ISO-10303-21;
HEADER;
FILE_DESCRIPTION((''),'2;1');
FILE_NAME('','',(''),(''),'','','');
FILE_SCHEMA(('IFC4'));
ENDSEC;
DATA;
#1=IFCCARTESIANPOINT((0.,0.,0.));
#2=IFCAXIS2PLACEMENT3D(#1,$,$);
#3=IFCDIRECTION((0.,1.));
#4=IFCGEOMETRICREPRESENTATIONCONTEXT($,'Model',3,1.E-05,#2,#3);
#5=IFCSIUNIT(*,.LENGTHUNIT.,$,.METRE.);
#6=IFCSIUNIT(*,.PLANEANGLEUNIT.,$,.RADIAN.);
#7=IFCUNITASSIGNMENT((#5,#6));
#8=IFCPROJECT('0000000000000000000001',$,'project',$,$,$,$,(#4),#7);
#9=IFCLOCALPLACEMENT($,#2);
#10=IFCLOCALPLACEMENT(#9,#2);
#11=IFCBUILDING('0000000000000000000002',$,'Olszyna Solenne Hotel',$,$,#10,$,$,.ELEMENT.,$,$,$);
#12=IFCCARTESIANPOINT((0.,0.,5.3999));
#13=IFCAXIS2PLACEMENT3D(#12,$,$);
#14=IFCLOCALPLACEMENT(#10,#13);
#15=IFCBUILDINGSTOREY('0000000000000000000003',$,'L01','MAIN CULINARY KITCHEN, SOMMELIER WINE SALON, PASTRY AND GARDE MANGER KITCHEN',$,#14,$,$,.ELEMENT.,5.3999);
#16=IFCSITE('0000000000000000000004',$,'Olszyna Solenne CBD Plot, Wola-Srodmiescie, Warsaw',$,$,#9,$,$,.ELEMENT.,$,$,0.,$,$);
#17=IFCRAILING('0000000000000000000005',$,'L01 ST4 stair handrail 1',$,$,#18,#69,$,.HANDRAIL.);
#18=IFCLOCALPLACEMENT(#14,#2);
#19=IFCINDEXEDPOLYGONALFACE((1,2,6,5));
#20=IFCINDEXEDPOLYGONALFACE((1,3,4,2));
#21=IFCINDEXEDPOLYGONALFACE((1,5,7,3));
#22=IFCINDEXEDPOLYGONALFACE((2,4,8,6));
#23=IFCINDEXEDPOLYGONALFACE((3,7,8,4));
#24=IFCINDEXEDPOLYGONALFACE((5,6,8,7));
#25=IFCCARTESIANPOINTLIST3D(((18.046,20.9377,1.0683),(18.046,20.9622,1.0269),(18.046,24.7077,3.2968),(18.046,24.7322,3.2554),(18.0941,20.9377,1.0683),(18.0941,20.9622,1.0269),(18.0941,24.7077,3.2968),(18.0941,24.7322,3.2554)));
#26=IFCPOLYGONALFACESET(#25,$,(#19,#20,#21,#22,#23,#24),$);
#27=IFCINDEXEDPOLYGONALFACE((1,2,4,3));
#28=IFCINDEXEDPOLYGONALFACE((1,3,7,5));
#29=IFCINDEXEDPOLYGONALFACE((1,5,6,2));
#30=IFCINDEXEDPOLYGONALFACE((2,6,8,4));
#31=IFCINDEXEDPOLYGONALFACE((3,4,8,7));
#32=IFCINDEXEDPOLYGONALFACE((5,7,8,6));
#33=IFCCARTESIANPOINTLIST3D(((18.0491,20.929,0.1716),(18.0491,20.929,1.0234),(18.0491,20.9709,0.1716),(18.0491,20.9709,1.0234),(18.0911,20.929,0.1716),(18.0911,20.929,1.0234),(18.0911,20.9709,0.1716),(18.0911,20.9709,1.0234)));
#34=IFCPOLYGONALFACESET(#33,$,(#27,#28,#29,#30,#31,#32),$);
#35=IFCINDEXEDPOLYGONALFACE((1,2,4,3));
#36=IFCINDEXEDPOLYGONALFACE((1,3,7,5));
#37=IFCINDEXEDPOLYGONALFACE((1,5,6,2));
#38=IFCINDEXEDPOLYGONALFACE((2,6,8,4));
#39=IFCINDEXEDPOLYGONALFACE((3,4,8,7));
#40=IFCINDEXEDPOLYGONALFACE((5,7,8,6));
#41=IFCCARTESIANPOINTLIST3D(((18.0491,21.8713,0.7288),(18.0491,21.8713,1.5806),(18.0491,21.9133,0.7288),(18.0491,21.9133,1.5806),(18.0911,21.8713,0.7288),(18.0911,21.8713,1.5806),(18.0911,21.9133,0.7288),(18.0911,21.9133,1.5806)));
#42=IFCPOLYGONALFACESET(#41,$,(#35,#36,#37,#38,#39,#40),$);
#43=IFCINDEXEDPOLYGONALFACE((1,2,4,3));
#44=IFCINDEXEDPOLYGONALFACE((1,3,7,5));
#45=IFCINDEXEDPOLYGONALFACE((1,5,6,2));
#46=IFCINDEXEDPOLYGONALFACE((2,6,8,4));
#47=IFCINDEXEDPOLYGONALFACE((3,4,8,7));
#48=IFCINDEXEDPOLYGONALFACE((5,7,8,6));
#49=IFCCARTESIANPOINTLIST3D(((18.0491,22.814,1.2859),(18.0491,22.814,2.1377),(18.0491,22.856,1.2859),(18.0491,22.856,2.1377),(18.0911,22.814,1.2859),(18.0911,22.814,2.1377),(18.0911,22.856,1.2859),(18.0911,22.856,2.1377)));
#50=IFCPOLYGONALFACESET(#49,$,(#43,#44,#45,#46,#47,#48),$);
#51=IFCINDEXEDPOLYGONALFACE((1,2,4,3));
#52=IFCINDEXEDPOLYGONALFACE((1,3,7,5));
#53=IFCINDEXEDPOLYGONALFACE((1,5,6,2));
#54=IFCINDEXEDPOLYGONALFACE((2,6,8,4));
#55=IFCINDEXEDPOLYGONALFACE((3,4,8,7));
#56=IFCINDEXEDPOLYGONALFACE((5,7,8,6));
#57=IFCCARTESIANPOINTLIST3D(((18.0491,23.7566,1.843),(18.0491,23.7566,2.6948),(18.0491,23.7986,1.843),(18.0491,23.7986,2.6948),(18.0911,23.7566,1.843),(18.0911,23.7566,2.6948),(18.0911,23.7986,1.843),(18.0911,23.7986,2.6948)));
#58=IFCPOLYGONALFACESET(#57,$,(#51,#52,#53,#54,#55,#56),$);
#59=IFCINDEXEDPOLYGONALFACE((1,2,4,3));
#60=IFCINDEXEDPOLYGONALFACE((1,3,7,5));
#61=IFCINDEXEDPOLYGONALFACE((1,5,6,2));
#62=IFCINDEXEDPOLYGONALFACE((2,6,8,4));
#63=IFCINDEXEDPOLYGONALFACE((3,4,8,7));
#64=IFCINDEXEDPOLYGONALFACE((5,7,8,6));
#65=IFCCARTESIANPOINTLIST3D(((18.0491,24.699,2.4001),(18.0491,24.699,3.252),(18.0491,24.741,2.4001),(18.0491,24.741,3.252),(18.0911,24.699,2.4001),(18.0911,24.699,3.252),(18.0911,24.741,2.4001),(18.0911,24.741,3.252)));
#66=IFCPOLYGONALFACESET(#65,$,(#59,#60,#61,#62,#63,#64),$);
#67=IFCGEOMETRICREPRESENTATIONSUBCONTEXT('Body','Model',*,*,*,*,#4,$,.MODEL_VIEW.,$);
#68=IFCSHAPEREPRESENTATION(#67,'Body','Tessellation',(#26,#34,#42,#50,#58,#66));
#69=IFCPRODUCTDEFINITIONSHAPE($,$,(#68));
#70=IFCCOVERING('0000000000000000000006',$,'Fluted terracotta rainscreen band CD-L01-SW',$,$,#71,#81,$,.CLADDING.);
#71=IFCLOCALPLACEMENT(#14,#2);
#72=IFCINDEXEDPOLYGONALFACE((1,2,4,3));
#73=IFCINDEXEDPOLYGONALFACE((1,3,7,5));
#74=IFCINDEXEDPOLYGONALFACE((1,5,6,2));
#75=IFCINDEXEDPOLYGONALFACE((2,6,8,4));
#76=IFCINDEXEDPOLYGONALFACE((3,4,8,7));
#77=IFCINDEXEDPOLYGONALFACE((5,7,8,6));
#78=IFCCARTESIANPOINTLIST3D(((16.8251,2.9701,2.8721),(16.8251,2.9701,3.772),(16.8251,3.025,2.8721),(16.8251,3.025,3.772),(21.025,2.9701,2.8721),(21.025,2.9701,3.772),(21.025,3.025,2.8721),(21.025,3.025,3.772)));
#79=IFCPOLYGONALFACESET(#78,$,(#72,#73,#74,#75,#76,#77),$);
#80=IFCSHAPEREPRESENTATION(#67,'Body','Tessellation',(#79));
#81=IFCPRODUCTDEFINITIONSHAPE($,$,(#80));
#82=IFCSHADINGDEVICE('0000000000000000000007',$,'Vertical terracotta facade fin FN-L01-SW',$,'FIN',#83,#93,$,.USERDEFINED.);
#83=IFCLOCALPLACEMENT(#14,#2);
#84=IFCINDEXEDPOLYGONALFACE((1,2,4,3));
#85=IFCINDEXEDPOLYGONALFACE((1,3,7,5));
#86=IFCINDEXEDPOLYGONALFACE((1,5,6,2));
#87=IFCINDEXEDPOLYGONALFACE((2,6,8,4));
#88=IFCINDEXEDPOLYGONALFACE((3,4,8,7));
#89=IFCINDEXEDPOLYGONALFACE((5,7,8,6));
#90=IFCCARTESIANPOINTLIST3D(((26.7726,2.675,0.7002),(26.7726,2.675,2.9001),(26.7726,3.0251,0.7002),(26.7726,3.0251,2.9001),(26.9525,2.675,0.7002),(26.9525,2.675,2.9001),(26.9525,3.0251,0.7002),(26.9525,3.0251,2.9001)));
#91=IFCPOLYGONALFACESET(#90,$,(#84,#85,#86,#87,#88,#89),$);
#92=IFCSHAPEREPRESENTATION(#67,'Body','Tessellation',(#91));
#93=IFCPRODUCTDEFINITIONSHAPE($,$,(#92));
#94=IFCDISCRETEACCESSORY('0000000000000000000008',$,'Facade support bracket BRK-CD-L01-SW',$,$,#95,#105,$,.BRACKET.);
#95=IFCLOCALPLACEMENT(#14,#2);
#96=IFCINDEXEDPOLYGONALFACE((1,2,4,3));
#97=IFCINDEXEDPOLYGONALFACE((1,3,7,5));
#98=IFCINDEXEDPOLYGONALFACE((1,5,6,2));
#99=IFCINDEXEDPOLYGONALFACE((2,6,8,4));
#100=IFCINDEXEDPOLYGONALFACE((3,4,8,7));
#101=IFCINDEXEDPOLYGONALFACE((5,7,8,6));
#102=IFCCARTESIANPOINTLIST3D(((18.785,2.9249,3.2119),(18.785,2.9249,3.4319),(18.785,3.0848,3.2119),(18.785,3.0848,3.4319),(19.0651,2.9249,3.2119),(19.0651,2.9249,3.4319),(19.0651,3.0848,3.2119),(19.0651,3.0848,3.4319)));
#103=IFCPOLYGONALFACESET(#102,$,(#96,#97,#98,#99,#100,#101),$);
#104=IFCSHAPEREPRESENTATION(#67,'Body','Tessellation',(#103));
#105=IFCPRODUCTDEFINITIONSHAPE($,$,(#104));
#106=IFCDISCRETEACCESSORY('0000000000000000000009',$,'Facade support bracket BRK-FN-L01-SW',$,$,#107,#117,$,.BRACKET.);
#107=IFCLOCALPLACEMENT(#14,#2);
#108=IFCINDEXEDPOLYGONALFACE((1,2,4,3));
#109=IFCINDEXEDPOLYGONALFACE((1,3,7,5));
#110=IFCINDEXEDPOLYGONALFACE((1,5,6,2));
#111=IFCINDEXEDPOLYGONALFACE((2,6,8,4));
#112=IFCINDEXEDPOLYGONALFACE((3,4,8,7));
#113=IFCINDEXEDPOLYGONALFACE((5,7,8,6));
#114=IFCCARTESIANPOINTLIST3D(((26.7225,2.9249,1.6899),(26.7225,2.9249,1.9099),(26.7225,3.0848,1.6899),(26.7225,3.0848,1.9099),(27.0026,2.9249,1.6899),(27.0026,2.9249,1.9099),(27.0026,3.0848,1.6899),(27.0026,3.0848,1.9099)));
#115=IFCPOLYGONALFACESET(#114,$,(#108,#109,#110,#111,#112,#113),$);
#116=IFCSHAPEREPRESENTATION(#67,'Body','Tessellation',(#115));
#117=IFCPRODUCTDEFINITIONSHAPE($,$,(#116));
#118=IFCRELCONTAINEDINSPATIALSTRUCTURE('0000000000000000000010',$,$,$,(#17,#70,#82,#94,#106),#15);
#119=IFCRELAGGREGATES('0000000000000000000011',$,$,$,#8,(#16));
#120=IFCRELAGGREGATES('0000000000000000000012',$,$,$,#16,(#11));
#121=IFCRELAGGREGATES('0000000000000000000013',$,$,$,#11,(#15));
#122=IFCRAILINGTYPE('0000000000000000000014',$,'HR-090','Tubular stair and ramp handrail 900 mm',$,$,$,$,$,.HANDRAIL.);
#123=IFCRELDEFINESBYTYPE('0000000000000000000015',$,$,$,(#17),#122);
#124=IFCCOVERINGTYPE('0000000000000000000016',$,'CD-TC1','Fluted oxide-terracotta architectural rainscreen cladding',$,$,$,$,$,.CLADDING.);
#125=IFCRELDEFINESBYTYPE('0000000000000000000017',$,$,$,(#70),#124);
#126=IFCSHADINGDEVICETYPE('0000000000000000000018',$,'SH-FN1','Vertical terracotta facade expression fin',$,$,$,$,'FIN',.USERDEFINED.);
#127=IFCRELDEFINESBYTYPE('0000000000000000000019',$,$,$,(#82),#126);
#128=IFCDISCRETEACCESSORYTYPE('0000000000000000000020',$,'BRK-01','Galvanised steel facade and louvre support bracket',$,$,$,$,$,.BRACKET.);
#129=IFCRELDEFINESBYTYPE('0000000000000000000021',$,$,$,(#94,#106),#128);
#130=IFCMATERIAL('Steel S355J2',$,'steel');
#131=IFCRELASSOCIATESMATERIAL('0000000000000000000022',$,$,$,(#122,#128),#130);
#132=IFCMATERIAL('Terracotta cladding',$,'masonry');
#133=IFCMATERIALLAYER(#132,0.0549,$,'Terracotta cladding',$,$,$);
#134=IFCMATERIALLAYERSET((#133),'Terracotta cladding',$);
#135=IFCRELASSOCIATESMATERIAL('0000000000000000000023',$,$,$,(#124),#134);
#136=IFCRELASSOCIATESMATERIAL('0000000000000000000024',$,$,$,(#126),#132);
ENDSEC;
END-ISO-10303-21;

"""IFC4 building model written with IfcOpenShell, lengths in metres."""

from ifc_helpers import new_model, si_unit, direction, frame, origin, origin_2d, place, context, subcontext, project, spatial, rectangle, extrude, source, transform, mapped, material, layer, layer_set, type_object, element, save


model = new_model("IFC4")

# Units and contexts
model_context = context("Model", 3, precision=1e-05, world=origin(), true_north=direction((0.0, 1.0)))
body_context = subcontext(model_context, "Body", "Model", "MODEL_VIEW")
ifc_project = project(units=[si_unit("LENGTHUNIT", "METRE"), si_unit("PLANEANGLEUNIT", "RADIAN")], contexts=[model_context])

# Site, building, storey
site_placement = place(None, origin())
site = spatial("IfcSite", under=ifc_project, at=site_placement, Name="Olszyna Solenne CBD Plot, Wola-Srodmiescie, Warsaw", CompositionType="ELEMENT", RefElevation=0.0)
building_placement = place(site_placement, origin())
building = spatial("IfcBuilding", under=site, at=building_placement, Name="Olszyna Solenne Hotel", CompositionType="ELEMENT")
storey_placement = place(building_placement, frame((0.0, 0.0, 5.3999)))
storey = spatial("IfcBuildingStorey", under=building, at=storey_placement, Name="L01", Description="MAIN CULINARY KITCHEN, SOMMELIER WINE SALON, PASTRY AND GARDE MANGER KITCHEN", CompositionType="ELEMENT", Elevation=5.3999)

# Shared definitions
ifc_material_1 = material(Name="Steel S355J2", Category="steel")

# Railing
railing_type_1 = type_object("IfcRailingType", Name="HR-090", Description="Tubular stair and ramp handrail 900 mm", PredefinedType="HANDRAIL", material=ifc_material_1)
for number, where, name in (
    (1, (18.0701, 20.95, 0.1716), "L01 ST4 stair handrail 1"),
):
    element("IfcRailing", number, at=place(storey_placement, frame(where)), inside=storey, type_object=railing_type_1, Name=name, PredefinedType="HANDRAIL", context=body_context, shape_type="SweptSolid", body=[
        extrude(rectangle(XDim=0.0481, YDim=0.0481, at=origin_2d()), frame((0.0, 0.0, 0.876), z_axis=(0.0, 0.860849, 0.508861), x_axis=(-1.0, 0.0, 0.0)), (0.0, 0.0, 1.0), 4.3794),
        extrude(rectangle(XDim=0.042, YDim=0.042, at=origin_2d()), origin(), (0.0, 0.0, 1.0), 0.8518),
        extrude(rectangle(XDim=0.042, YDim=0.042, at=origin_2d()), frame((0.0, 0.9424, 0.5571)), (0.0, 0.0, 1.0), 0.8518),
        extrude(rectangle(XDim=0.042, YDim=0.042, at=origin_2d()), frame((0.0, 1.885, 1.1143)), (0.0, 0.0, 1.0), 0.8518),
        extrude(rectangle(XDim=0.042, YDim=0.042, at=origin_2d()), frame((0.0, 2.8276, 1.6714)), (0.0, 0.0, 1.0), 0.8518),
        extrude(rectangle(XDim=0.042, YDim=0.042, at=origin_2d()), frame((0.0, 3.77, 2.2285)), (0.0, 0.0, 1.0), 0.8518),
    ])

# Covering
ifc_material_2 = material(Name="Terracotta cladding", Category="masonry")
ifc_layer_1 = layer(ifc_material_2, 0.0549, Name="Terracotta cladding")
ifc_layer_set_1 = layer_set([ifc_layer_1], Name="Terracotta cladding")
covering_type = type_object("IfcCoveringType", Name="CD-TC1", Description="Fluted oxide-terracotta architectural rainscreen cladding", PredefinedType="CLADDING", material=ifc_layer_set_1)
shared_shape_1 = source(origin(), body_context, "Body", "SweptSolid", [
    extrude(rectangle(XDim=4.2, YDim=0.0549, at=origin_2d()), origin(), (0.0, 0.0, 1.0), 0.8999),
])
covering_placement = place(storey_placement, frame((18.925, 2.9976, 2.8721), z_axis=(0.0, 0.0, 1.0), x_axis=(-1.0, 0.0, 0.0)))
element("IfcCovering", 2, at=covering_placement, inside=storey, type_object=covering_type, Name="Fluted terracotta rainscreen band CD-L01-SW", PredefinedType="CLADDING", context=body_context, shape_type="MappedRepresentation", body=[
    mapped(shared_shape_1, transform((0.0, 0.0, 0.0), x_axis=(1.0, 0.0, 0.0), y_axis=(0.0, 1.0, 0.0), z_axis=(0.0, 0.0, 1.0), scale=1.0)),
])

# Shading device
shading_device_type = type_object("IfcShadingDeviceType", Name="SH-FN1", Description="Vertical terracotta facade expression fin", ElementType="FIN", PredefinedType="USERDEFINED", material=ifc_material_2)
shared_shape_2 = source(origin(), body_context, "Body", "SweptSolid", [
    extrude(rectangle(XDim=0.1799, YDim=0.3501, at=origin_2d()), origin(), (0.0, 0.0, 1.0), 2.2),
])
shading_device_placement = place(storey_placement, frame((26.8625, 2.8501, 0.7002), z_axis=(0.0, 0.0, 1.0), x_axis=(-1.0, 0.0, 0.0)))
element("IfcShadingDevice", 3, at=shading_device_placement, inside=storey, type_object=shading_device_type, Name="Vertical terracotta facade fin FN-L01-SW", ObjectType="FIN", PredefinedType="USERDEFINED", context=body_context, shape_type="MappedRepresentation", body=[
    mapped(shared_shape_2, transform((0.0, 0.0, 0.0), x_axis=(1.0, 0.0, 0.0), y_axis=(0.0, 1.0, 0.0), z_axis=(0.0, 0.0, 1.0), scale=1.0)),
])

# Discrete accessories
discrete_accessory_type = type_object("IfcDiscreteAccessoryType", Name="BRK-01", Description="Galvanised steel facade and louvre support bracket", PredefinedType="BRACKET", material=ifc_material_1)
shared_shape_3 = source(origin(), body_context, "Body", "SweptSolid", [
    extrude(rectangle(XDim=0.28, YDim=0.1599, at=origin_2d()), origin(), (0.0, 0.0, 1.0), 0.22),
])
for number, where, z_axis, x_axis, name in (
    (4, (18.925, 3.0049, 3.2119), (0.0, 0.0, 1.0), (-1.0, 0.0, 0.0), "Facade support bracket BRK-CD-L01-SW"),
    (5, (26.8625, 3.0049, 1.6899), (0.0, 0.0, 1.0), (-1.0, 0.0, 0.0), "Facade support bracket BRK-FN-L01-SW"),
):
    element("IfcDiscreteAccessory", number, at=place(storey_placement, frame(where, z_axis=z_axis, x_axis=x_axis)), inside=storey, type_object=discrete_accessory_type, Name=name, PredefinedType="BRACKET", context=body_context, shape_type="MappedRepresentation", body=[
        mapped(shared_shape_3, transform((0.0, 0.0, 0.0), x_axis=(1.0, 0.0, 0.0), y_axis=(0.0, 1.0, 0.0), z_axis=(0.0, 0.0, 1.0), scale=1.0)),
    ])

save(model, "model.ifc")
